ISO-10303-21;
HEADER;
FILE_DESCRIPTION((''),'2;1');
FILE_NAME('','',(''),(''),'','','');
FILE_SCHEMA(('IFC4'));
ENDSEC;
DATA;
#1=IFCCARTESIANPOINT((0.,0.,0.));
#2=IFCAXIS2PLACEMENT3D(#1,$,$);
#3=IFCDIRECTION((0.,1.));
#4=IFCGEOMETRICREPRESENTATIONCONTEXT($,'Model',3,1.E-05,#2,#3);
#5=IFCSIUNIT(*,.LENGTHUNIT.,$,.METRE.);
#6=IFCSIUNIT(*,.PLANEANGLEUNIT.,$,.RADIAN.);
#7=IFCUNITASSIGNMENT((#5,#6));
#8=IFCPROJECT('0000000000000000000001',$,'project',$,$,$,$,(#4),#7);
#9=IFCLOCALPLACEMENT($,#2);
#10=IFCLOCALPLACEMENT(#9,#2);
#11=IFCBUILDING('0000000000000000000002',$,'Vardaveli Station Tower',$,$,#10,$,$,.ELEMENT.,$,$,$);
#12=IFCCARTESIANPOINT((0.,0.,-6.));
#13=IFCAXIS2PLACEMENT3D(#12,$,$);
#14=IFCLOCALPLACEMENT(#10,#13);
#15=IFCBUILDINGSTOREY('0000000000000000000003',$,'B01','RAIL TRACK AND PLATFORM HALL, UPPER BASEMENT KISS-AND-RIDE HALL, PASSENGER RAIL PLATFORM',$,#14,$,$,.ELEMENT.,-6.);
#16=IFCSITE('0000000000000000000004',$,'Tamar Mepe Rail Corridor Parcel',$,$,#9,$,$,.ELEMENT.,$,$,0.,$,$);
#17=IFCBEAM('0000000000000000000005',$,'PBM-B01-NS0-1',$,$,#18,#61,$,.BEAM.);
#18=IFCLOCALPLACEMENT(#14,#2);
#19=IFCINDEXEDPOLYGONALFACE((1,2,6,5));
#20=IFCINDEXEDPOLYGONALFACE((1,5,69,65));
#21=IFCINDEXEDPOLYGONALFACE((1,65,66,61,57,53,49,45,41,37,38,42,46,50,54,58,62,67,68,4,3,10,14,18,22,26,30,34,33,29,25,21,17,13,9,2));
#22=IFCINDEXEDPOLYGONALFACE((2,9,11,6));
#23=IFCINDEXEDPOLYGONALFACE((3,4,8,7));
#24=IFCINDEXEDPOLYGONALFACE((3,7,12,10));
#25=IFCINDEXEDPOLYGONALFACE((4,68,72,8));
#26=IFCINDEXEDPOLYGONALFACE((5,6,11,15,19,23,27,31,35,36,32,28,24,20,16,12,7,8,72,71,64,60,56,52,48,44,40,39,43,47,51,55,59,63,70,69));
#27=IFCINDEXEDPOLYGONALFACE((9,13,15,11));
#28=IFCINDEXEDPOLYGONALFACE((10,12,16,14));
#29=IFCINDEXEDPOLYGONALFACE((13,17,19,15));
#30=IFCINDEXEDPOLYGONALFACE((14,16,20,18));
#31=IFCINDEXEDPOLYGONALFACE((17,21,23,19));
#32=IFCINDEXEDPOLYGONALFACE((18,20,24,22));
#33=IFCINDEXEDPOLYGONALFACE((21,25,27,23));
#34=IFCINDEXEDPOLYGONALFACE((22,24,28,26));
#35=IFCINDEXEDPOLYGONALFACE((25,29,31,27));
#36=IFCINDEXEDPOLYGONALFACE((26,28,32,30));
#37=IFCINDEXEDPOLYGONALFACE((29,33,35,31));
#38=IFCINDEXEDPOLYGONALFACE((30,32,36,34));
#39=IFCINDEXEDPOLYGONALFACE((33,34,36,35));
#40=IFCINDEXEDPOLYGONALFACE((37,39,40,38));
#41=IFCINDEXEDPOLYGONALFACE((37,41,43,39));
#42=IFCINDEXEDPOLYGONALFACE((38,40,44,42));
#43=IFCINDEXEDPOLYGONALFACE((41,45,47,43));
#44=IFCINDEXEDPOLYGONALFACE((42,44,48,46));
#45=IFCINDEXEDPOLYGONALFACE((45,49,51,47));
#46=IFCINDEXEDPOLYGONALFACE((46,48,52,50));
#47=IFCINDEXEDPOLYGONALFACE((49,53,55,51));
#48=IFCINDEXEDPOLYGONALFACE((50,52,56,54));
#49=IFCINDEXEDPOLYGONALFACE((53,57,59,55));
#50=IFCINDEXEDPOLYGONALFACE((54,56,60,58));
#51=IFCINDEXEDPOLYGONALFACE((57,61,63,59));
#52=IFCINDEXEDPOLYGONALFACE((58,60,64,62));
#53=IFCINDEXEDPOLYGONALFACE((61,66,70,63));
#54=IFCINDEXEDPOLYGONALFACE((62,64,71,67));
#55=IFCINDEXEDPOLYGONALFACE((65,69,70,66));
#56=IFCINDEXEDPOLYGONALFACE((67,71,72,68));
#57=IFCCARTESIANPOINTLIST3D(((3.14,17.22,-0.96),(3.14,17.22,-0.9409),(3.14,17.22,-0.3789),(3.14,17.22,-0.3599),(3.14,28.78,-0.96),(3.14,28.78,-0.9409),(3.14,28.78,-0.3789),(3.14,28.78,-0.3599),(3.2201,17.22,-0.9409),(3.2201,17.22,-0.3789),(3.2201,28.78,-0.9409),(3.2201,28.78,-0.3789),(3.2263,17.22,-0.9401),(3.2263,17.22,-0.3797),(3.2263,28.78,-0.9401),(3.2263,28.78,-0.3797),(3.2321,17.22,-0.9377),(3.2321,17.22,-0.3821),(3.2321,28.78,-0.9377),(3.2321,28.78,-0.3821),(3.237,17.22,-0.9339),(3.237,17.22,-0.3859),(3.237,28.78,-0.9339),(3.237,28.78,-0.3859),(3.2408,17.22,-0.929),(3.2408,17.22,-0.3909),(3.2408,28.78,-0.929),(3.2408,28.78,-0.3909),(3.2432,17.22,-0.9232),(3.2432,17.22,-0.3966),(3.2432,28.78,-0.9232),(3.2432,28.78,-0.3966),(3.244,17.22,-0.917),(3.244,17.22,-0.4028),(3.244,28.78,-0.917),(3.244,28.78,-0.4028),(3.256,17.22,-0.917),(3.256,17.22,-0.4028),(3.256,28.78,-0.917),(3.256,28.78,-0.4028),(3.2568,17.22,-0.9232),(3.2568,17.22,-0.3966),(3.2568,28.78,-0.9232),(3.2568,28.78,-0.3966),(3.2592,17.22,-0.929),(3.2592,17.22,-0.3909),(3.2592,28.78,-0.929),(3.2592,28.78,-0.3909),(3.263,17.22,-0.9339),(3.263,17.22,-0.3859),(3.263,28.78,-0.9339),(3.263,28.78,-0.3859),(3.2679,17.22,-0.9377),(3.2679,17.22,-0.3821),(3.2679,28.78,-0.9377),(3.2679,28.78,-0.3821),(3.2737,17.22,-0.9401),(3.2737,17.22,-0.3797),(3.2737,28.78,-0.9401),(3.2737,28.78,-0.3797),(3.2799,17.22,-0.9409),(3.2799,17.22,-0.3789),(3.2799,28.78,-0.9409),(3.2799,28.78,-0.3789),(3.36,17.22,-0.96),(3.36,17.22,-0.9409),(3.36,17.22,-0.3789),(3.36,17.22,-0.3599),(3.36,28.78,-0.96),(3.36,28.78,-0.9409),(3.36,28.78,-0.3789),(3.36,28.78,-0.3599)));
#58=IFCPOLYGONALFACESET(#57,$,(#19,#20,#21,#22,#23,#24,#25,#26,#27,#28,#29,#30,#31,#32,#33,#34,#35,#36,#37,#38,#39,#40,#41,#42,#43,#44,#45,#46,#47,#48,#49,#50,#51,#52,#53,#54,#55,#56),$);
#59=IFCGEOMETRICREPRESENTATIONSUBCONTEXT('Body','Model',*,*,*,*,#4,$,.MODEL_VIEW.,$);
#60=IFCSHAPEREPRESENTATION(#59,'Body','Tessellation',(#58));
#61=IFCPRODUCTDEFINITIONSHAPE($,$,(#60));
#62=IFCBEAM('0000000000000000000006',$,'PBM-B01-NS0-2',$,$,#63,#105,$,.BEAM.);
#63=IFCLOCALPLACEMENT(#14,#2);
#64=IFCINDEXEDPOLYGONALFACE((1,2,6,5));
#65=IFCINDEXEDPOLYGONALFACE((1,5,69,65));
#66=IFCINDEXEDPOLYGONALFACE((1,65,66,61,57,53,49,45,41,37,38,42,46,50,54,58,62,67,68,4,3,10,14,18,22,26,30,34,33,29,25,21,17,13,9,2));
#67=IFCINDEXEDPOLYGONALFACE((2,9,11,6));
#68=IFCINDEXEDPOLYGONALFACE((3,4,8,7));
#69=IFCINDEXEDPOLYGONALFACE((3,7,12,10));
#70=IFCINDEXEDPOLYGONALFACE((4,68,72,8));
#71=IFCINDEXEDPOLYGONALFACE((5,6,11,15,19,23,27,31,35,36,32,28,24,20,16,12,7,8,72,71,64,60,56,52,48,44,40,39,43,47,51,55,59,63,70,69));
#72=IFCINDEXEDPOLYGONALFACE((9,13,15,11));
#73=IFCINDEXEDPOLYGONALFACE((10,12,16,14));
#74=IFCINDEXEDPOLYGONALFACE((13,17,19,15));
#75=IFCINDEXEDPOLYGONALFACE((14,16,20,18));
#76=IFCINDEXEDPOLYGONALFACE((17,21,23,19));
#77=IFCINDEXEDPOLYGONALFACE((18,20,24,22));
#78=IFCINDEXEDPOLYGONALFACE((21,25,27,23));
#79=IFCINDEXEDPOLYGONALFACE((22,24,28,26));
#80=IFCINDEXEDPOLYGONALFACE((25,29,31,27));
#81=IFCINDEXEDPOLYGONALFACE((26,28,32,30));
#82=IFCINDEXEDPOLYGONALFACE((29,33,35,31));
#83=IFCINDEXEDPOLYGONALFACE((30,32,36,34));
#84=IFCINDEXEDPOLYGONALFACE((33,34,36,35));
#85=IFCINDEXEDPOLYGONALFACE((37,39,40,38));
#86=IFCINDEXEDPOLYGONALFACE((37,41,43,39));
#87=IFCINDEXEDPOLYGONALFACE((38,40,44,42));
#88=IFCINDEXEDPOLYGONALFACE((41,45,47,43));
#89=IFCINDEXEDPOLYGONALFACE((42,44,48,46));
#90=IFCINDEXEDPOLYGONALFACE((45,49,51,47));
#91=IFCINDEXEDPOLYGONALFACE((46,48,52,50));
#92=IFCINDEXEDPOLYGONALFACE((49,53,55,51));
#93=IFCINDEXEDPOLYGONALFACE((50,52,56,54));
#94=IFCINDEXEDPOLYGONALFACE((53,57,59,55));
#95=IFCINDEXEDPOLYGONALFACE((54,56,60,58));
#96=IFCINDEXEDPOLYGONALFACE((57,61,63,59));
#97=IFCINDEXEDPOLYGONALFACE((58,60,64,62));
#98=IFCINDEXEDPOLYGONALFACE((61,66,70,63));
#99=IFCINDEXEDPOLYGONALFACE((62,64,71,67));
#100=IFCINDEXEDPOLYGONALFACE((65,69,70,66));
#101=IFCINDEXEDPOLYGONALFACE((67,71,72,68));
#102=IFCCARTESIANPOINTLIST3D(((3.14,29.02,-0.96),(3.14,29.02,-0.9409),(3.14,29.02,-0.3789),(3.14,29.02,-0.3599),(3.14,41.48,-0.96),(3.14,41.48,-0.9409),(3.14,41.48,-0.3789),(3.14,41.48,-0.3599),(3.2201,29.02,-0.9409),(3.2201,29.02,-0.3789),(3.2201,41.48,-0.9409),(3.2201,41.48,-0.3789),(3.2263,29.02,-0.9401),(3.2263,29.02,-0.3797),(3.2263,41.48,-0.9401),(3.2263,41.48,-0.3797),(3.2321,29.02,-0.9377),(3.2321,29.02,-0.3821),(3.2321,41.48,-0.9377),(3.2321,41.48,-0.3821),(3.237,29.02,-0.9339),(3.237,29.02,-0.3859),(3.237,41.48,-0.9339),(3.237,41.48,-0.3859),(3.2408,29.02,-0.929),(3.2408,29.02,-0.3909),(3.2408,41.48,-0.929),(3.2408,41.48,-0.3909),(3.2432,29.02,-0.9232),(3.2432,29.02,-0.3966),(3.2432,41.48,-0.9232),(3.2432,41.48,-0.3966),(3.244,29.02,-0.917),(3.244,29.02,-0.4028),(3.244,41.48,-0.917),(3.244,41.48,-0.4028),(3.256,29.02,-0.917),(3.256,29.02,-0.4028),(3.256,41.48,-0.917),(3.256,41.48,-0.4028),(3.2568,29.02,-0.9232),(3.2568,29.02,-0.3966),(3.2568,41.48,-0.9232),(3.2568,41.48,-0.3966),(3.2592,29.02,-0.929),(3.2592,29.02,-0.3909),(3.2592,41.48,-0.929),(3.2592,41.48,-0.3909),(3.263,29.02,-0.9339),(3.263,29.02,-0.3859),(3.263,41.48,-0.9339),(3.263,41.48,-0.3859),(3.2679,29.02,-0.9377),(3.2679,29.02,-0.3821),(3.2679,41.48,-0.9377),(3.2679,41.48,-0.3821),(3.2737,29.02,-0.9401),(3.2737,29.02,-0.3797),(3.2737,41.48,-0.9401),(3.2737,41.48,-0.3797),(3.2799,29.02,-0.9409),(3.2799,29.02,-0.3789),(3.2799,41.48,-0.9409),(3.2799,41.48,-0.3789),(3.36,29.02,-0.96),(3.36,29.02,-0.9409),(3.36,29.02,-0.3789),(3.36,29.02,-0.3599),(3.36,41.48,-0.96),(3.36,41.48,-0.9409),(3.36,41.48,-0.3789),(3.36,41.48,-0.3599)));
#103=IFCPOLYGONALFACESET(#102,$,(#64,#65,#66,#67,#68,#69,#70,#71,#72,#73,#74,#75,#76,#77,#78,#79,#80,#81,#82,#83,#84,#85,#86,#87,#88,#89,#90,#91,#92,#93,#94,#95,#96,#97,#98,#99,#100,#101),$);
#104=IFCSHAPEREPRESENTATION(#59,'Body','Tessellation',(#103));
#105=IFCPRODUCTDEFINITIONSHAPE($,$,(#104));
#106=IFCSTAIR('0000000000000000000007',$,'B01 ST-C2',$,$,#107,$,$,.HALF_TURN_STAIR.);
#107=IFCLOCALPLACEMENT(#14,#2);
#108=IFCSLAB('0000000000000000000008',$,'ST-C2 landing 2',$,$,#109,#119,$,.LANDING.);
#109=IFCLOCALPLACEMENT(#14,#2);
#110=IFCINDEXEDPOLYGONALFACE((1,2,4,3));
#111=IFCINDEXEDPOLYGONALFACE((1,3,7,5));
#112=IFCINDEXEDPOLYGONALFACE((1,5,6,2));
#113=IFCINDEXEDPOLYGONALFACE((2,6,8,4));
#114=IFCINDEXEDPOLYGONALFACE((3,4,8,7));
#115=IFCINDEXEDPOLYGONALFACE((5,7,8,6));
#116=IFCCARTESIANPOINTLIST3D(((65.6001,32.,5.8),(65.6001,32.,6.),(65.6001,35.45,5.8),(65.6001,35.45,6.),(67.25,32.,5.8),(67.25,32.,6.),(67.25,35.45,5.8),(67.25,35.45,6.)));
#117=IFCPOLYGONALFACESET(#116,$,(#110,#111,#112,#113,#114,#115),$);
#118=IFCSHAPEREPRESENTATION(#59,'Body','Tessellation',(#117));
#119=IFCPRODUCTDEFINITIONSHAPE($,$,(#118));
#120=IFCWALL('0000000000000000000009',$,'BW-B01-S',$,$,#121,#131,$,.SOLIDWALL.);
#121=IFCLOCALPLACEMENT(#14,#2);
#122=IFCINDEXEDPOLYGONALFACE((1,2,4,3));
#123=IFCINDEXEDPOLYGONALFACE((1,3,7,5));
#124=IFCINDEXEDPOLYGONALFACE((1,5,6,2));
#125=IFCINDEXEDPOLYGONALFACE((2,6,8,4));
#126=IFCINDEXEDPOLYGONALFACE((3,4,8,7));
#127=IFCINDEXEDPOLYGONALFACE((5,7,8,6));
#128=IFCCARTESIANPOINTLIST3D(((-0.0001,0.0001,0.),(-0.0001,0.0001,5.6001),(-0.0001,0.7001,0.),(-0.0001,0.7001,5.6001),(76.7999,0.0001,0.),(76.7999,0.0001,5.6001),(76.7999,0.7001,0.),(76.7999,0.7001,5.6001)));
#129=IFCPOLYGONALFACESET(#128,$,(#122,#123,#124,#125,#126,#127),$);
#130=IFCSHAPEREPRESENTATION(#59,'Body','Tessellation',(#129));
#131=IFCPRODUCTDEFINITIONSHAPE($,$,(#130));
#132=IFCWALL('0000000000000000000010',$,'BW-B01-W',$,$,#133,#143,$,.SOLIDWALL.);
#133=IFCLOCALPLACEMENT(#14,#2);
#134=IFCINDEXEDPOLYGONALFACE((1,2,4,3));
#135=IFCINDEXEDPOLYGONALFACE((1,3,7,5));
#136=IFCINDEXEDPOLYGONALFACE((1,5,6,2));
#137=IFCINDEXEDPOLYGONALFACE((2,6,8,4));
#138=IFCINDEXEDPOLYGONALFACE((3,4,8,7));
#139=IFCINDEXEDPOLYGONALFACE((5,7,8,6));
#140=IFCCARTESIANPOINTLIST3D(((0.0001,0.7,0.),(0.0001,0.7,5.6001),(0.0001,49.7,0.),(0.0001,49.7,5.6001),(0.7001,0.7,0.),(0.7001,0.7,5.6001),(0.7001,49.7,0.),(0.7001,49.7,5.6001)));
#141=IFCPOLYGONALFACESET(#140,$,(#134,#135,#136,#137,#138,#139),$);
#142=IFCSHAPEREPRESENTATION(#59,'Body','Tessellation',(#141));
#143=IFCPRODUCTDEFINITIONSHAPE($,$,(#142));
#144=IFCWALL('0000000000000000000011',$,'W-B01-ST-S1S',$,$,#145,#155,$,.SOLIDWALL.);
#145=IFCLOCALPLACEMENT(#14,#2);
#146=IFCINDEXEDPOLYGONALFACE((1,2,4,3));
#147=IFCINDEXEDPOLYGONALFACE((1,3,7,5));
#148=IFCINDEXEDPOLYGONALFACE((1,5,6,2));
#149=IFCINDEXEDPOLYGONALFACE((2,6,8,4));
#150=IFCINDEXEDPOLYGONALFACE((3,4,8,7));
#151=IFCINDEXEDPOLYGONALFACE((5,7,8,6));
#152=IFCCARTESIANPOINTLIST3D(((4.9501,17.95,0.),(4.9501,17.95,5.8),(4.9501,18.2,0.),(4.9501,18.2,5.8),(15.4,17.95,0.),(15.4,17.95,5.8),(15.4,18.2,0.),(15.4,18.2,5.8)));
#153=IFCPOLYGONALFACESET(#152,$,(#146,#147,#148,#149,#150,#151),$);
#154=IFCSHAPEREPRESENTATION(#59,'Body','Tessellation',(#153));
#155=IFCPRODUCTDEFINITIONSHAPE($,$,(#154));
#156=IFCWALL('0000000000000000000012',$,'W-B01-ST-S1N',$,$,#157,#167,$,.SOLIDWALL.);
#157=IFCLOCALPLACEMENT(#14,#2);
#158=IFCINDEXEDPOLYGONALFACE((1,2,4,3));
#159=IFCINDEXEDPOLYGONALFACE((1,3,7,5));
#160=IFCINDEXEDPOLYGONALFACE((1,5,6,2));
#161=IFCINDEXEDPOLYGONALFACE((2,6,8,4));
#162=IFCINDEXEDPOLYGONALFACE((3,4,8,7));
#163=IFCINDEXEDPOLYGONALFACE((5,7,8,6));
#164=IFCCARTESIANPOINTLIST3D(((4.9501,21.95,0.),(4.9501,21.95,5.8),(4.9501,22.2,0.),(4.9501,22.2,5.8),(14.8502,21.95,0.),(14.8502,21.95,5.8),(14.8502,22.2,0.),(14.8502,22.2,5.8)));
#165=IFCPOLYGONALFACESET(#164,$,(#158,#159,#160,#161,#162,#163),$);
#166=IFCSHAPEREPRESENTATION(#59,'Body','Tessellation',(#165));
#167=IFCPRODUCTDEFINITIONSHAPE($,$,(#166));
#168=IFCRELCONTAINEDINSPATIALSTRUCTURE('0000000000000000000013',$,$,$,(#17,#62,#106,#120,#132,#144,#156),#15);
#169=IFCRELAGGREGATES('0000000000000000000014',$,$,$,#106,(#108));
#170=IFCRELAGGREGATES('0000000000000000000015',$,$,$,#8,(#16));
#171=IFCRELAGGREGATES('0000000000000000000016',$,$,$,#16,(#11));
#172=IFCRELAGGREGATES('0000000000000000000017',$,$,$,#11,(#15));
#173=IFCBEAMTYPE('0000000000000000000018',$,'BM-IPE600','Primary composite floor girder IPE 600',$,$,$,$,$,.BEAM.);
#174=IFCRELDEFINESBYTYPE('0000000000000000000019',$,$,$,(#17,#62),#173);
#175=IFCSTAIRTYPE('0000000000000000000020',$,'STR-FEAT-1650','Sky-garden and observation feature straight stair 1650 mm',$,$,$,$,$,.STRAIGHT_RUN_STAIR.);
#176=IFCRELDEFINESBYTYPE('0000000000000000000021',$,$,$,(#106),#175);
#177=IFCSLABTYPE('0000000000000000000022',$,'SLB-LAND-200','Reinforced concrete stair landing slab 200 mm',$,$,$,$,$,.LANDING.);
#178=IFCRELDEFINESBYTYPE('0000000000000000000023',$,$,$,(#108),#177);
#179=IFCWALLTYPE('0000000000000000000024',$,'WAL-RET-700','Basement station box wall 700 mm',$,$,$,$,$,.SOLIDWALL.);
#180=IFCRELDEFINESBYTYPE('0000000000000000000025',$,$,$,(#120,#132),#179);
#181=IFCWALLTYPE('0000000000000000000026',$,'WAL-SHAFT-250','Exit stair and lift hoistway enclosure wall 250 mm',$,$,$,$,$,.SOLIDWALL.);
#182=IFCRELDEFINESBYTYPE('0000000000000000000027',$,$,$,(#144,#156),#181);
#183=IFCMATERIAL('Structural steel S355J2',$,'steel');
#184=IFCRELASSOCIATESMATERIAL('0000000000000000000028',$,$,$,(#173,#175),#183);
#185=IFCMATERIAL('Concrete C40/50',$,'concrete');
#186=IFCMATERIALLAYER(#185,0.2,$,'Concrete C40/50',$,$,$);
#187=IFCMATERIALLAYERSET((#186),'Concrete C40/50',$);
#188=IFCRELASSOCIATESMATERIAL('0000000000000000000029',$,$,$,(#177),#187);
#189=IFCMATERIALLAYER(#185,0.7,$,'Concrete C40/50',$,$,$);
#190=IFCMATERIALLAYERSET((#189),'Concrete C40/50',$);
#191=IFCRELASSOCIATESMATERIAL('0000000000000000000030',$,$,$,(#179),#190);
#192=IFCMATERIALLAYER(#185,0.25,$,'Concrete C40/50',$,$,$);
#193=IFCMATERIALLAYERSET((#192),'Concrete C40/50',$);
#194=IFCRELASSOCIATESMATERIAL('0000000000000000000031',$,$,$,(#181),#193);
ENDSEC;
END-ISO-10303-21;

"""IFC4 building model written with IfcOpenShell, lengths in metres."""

from ifc_helpers import new_model, si_unit, direction, frame, frame_2d, origin, origin_2d, place, context, subcontext, project, spatial, polyline, rectangle, i_section, outline, extrude, source, transform, mapped, material, layer, layer_set, material_profile, profile_set, type_object, element, aggregate, save


model = new_model("IFC4")

# Units and contexts
model_context = context("Model", 3, precision=1e-05, world=origin(), true_north=direction((0.0, 1.0)))
body_context = subcontext(model_context, "Body", "Model", "MODEL_VIEW")
ifc_project = project(units=[si_unit("LENGTHUNIT", "METRE"), si_unit("PLANEANGLEUNIT", "RADIAN")], contexts=[model_context])

# Site, building, storey
site_placement = place(None, origin())
site = spatial("IfcSite", under=ifc_project, at=site_placement, Name="Tamar Mepe Rail Corridor Parcel", CompositionType="ELEMENT", RefElevation=0.0)
building_placement = place(site_placement, origin())
building = spatial("IfcBuilding", under=site, at=building_placement, Name="Vardaveli Station Tower", CompositionType="ELEMENT")
storey_placement = place(building_placement, frame((0.0, 0.0, -6.0)))
storey = spatial("IfcBuildingStorey", under=building, at=storey_placement, Name="B01", Description="RAIL TRACK AND PLATFORM HALL, UPPER BASEMENT KISS-AND-RIDE HALL, PASSENGER RAIL PLATFORM", CompositionType="ELEMENT", Elevation=-6.0)

# Beams
ifc_material_1 = material(Name="Structural steel S355J2", Category="steel")
ifc_material_profile_1 = material_profile(ifc_material_1, i_section(OverallWidth=0.22, OverallDepth=0.6001, WebThickness=0.012, FlangeThickness=0.019, FilletRadius=0.0239, at=origin_2d()), Name="IPE 600")
ifc_profile_set_1 = profile_set([ifc_material_profile_1], Name="Structural steel S355J2")
beam_type_1 = type_object("IfcBeamType", Name="BM-IPE600", Description="Primary composite floor girder IPE 600", PredefinedType="BEAM", material=ifc_profile_set_1)
shared_shape_1 = source(origin(), body_context, "Body", "SweptSolid", [
    extrude(i_section(OverallWidth=0.22, OverallDepth=0.6001, WebThickness=0.012, FlangeThickness=0.019, FilletRadius=0.0239, at=origin_2d()), origin(), (0.0, 0.0, 1.0), 11.5601),
])
beam_1_placement = place(storey_placement, frame((3.25, 17.22, -0.6599), z_axis=(0.0, 1.0, 0.0), x_axis=(-1.0, 0.0, 0.0)))
element("IfcBeam", 1, at=beam_1_placement, inside=storey, type_object=beam_type_1, Name="PBM-B01-NS0-1", PredefinedType="BEAM", context=body_context, shape_type="MappedRepresentation", body=[
    mapped(shared_shape_1, transform((0.0, 0.0, 0.0), scale=1.0)),
])
shared_shape_2 = source(origin(), body_context, "Body", "SweptSolid", [
    extrude(i_section(OverallWidth=0.22, OverallDepth=0.6001, WebThickness=0.012, FlangeThickness=0.019, FilletRadius=0.0239, at=origin_2d()), origin(), (0.0, 0.0, 1.0), 12.46),
])
beam_2_placement = place(storey_placement, frame((3.25, 29.02, -0.6599), z_axis=(0.0, 1.0, 0.0), x_axis=(-1.0, 0.0, 0.0)))
element("IfcBeam", 2, at=beam_2_placement, inside=storey, type_object=beam_type_1, Name="PBM-B01-NS0-2", PredefinedType="BEAM", context=body_context, shape_type="MappedRepresentation", body=[
    mapped(shared_shape_2, transform((0.0, 0.0, 0.0), scale=1.0)),
])

# Stair, slab
stair_type_1 = type_object("IfcStairType", Name="STR-FEAT-1650", Description="Sky-garden and observation feature straight stair 1650 mm", PredefinedType="STRAIGHT_RUN_STAIR", material=ifc_material_1)
stair_1_placement = place(storey_placement, origin())
stair_1 = element("IfcStair", 3, at=stair_1_placement, inside=storey, type_object=stair_type_1, Name="B01 ST-C2", PredefinedType="HALF_TURN_STAIR")
ifc_material_2 = material(Name="Concrete C40/50", Category="concrete")
ifc_layer_1 = layer(ifc_material_2, 0.2, Name="Concrete C40/50")
ifc_layer_set_1 = layer_set([ifc_layer_1], Name="Concrete C40/50")
slab_type = type_object("IfcSlabType", Name="SLB-LAND-200", Description="Reinforced concrete stair landing slab 200 mm", PredefinedType="LANDING", material=ifc_layer_set_1)
slab_placement = place(storey_placement, frame((0.0, 0.0, 5.8)))
slab = element("IfcSlab", 4, at=slab_placement, type_object=slab_type, Name="ST-C2 landing 2", PredefinedType="LANDING", context=body_context, shape_type="SweptSolid", body=[
    extrude(outline(polyline([(65.6001, 32.0), (67.25, 32.0), (67.25, 35.45), (65.6001, 35.45), (65.6001, 32.0)])), origin(), (0.0, 0.0, 1.0), 0.2),
])
aggregate(stair_1, [slab])

# Walls
ifc_layer_2 = layer(ifc_material_2, 0.7, Name="Concrete C40/50")
ifc_layer_set_2 = layer_set([ifc_layer_2], Name="Concrete C40/50")
wall_type_1 = type_object("IfcWallType", Name="WAL-RET-700", Description="Basement station box wall 700 mm", PredefinedType="SOLIDWALL", material=ifc_layer_set_2)
shared_shape_3 = source(origin(), body_context, "Body", "SweptSolid", [
    extrude(rectangle(XDim=76.8, YDim=0.7, at=frame_2d((38.3999, 0.0))), origin(), (0.0, 0.0, 1.0), 5.6001),
])
wall_1_placement = place(storey_placement, frame((0.0, 0.3501, 0.0), z_axis=(0.0, 0.0, 1.0), x_axis=(1.0, 0.0, 0.0)))
element("IfcWall", 5, at=wall_1_placement, inside=storey, type_object=wall_type_1, Name="BW-B01-S", PredefinedType="SOLIDWALL", context=body_context, shape_type="MappedRepresentation", body=[
    mapped(shared_shape_3, transform((0.0, 0.0, 0.0), scale=1.0)),
])
shared_shape_4 = source(origin(), body_context, "Body", "SweptSolid", [
    extrude(rectangle(XDim=49.0, YDim=0.7, at=frame_2d((24.5, 0.0))), origin(), (0.0, 0.0, 1.0), 5.6001),
])
wall_2_placement = place(storey_placement, frame((0.3501, 0.7, 0.0), z_axis=(0.0, 0.0, 1.0), x_axis=(0.0, 1.0, 0.0)))
element("IfcWall", 6, at=wall_2_placement, inside=storey, type_object=wall_type_1, Name="BW-B01-W", PredefinedType="SOLIDWALL", context=body_context, shape_type="MappedRepresentation", body=[
    mapped(shared_shape_4, transform((0.0, 0.0, 0.0), scale=1.0)),
])
ifc_layer_3 = layer(ifc_material_2, 0.25, Name="Concrete C40/50")
ifc_layer_set_3 = layer_set([ifc_layer_3], Name="Concrete C40/50")
wall_type_2 = type_object("IfcWallType", Name="WAL-SHAFT-250", Description="Exit stair and lift hoistway enclosure wall 250 mm", PredefinedType="SOLIDWALL", material=ifc_layer_set_3)
shared_shape_5 = source(origin(), body_context, "Body", "SweptSolid", [
    extrude(rectangle(XDim=10.45, YDim=0.25, at=frame_2d((5.2251, 0.0))), origin(), (0.0, 0.0, 1.0), 5.8),
])
wall_3_placement = place(storey_placement, frame((4.95, 18.075, 0.0), z_axis=(0.0, 0.0, 1.0), x_axis=(1.0, 0.0, 0.0)))
element("IfcWall", 7, at=wall_3_placement, inside=storey, type_object=wall_type_2, Name="W-B01-ST-S1S", PredefinedType="SOLIDWALL", context=body_context, shape_type="MappedRepresentation", body=[
    mapped(shared_shape_5, transform((0.0, 0.0, 0.0), scale=1.0)),
])
shared_shape_6 = source(origin(), body_context, "Body", "SweptSolid", [
    extrude(rectangle(XDim=9.9001, YDim=0.25, at=frame_2d((4.9502, 0.0))), origin(), (0.0, 0.0, 1.0), 5.8),
])
wall_4_placement = place(storey_placement, frame((4.95, 22.075, 0.0), z_axis=(0.0, 0.0, 1.0), x_axis=(1.0, 0.0, 0.0)))
element("IfcWall", 8, at=wall_4_placement, inside=storey, type_object=wall_type_2, Name="W-B01-ST-S1N", PredefinedType="SOLIDWALL", context=body_context, shape_type="MappedRepresentation", body=[
    mapped(shared_shape_6, transform((0.0, 0.0, 0.0), scale=1.0)),
])

save(model, "model.ifc")
